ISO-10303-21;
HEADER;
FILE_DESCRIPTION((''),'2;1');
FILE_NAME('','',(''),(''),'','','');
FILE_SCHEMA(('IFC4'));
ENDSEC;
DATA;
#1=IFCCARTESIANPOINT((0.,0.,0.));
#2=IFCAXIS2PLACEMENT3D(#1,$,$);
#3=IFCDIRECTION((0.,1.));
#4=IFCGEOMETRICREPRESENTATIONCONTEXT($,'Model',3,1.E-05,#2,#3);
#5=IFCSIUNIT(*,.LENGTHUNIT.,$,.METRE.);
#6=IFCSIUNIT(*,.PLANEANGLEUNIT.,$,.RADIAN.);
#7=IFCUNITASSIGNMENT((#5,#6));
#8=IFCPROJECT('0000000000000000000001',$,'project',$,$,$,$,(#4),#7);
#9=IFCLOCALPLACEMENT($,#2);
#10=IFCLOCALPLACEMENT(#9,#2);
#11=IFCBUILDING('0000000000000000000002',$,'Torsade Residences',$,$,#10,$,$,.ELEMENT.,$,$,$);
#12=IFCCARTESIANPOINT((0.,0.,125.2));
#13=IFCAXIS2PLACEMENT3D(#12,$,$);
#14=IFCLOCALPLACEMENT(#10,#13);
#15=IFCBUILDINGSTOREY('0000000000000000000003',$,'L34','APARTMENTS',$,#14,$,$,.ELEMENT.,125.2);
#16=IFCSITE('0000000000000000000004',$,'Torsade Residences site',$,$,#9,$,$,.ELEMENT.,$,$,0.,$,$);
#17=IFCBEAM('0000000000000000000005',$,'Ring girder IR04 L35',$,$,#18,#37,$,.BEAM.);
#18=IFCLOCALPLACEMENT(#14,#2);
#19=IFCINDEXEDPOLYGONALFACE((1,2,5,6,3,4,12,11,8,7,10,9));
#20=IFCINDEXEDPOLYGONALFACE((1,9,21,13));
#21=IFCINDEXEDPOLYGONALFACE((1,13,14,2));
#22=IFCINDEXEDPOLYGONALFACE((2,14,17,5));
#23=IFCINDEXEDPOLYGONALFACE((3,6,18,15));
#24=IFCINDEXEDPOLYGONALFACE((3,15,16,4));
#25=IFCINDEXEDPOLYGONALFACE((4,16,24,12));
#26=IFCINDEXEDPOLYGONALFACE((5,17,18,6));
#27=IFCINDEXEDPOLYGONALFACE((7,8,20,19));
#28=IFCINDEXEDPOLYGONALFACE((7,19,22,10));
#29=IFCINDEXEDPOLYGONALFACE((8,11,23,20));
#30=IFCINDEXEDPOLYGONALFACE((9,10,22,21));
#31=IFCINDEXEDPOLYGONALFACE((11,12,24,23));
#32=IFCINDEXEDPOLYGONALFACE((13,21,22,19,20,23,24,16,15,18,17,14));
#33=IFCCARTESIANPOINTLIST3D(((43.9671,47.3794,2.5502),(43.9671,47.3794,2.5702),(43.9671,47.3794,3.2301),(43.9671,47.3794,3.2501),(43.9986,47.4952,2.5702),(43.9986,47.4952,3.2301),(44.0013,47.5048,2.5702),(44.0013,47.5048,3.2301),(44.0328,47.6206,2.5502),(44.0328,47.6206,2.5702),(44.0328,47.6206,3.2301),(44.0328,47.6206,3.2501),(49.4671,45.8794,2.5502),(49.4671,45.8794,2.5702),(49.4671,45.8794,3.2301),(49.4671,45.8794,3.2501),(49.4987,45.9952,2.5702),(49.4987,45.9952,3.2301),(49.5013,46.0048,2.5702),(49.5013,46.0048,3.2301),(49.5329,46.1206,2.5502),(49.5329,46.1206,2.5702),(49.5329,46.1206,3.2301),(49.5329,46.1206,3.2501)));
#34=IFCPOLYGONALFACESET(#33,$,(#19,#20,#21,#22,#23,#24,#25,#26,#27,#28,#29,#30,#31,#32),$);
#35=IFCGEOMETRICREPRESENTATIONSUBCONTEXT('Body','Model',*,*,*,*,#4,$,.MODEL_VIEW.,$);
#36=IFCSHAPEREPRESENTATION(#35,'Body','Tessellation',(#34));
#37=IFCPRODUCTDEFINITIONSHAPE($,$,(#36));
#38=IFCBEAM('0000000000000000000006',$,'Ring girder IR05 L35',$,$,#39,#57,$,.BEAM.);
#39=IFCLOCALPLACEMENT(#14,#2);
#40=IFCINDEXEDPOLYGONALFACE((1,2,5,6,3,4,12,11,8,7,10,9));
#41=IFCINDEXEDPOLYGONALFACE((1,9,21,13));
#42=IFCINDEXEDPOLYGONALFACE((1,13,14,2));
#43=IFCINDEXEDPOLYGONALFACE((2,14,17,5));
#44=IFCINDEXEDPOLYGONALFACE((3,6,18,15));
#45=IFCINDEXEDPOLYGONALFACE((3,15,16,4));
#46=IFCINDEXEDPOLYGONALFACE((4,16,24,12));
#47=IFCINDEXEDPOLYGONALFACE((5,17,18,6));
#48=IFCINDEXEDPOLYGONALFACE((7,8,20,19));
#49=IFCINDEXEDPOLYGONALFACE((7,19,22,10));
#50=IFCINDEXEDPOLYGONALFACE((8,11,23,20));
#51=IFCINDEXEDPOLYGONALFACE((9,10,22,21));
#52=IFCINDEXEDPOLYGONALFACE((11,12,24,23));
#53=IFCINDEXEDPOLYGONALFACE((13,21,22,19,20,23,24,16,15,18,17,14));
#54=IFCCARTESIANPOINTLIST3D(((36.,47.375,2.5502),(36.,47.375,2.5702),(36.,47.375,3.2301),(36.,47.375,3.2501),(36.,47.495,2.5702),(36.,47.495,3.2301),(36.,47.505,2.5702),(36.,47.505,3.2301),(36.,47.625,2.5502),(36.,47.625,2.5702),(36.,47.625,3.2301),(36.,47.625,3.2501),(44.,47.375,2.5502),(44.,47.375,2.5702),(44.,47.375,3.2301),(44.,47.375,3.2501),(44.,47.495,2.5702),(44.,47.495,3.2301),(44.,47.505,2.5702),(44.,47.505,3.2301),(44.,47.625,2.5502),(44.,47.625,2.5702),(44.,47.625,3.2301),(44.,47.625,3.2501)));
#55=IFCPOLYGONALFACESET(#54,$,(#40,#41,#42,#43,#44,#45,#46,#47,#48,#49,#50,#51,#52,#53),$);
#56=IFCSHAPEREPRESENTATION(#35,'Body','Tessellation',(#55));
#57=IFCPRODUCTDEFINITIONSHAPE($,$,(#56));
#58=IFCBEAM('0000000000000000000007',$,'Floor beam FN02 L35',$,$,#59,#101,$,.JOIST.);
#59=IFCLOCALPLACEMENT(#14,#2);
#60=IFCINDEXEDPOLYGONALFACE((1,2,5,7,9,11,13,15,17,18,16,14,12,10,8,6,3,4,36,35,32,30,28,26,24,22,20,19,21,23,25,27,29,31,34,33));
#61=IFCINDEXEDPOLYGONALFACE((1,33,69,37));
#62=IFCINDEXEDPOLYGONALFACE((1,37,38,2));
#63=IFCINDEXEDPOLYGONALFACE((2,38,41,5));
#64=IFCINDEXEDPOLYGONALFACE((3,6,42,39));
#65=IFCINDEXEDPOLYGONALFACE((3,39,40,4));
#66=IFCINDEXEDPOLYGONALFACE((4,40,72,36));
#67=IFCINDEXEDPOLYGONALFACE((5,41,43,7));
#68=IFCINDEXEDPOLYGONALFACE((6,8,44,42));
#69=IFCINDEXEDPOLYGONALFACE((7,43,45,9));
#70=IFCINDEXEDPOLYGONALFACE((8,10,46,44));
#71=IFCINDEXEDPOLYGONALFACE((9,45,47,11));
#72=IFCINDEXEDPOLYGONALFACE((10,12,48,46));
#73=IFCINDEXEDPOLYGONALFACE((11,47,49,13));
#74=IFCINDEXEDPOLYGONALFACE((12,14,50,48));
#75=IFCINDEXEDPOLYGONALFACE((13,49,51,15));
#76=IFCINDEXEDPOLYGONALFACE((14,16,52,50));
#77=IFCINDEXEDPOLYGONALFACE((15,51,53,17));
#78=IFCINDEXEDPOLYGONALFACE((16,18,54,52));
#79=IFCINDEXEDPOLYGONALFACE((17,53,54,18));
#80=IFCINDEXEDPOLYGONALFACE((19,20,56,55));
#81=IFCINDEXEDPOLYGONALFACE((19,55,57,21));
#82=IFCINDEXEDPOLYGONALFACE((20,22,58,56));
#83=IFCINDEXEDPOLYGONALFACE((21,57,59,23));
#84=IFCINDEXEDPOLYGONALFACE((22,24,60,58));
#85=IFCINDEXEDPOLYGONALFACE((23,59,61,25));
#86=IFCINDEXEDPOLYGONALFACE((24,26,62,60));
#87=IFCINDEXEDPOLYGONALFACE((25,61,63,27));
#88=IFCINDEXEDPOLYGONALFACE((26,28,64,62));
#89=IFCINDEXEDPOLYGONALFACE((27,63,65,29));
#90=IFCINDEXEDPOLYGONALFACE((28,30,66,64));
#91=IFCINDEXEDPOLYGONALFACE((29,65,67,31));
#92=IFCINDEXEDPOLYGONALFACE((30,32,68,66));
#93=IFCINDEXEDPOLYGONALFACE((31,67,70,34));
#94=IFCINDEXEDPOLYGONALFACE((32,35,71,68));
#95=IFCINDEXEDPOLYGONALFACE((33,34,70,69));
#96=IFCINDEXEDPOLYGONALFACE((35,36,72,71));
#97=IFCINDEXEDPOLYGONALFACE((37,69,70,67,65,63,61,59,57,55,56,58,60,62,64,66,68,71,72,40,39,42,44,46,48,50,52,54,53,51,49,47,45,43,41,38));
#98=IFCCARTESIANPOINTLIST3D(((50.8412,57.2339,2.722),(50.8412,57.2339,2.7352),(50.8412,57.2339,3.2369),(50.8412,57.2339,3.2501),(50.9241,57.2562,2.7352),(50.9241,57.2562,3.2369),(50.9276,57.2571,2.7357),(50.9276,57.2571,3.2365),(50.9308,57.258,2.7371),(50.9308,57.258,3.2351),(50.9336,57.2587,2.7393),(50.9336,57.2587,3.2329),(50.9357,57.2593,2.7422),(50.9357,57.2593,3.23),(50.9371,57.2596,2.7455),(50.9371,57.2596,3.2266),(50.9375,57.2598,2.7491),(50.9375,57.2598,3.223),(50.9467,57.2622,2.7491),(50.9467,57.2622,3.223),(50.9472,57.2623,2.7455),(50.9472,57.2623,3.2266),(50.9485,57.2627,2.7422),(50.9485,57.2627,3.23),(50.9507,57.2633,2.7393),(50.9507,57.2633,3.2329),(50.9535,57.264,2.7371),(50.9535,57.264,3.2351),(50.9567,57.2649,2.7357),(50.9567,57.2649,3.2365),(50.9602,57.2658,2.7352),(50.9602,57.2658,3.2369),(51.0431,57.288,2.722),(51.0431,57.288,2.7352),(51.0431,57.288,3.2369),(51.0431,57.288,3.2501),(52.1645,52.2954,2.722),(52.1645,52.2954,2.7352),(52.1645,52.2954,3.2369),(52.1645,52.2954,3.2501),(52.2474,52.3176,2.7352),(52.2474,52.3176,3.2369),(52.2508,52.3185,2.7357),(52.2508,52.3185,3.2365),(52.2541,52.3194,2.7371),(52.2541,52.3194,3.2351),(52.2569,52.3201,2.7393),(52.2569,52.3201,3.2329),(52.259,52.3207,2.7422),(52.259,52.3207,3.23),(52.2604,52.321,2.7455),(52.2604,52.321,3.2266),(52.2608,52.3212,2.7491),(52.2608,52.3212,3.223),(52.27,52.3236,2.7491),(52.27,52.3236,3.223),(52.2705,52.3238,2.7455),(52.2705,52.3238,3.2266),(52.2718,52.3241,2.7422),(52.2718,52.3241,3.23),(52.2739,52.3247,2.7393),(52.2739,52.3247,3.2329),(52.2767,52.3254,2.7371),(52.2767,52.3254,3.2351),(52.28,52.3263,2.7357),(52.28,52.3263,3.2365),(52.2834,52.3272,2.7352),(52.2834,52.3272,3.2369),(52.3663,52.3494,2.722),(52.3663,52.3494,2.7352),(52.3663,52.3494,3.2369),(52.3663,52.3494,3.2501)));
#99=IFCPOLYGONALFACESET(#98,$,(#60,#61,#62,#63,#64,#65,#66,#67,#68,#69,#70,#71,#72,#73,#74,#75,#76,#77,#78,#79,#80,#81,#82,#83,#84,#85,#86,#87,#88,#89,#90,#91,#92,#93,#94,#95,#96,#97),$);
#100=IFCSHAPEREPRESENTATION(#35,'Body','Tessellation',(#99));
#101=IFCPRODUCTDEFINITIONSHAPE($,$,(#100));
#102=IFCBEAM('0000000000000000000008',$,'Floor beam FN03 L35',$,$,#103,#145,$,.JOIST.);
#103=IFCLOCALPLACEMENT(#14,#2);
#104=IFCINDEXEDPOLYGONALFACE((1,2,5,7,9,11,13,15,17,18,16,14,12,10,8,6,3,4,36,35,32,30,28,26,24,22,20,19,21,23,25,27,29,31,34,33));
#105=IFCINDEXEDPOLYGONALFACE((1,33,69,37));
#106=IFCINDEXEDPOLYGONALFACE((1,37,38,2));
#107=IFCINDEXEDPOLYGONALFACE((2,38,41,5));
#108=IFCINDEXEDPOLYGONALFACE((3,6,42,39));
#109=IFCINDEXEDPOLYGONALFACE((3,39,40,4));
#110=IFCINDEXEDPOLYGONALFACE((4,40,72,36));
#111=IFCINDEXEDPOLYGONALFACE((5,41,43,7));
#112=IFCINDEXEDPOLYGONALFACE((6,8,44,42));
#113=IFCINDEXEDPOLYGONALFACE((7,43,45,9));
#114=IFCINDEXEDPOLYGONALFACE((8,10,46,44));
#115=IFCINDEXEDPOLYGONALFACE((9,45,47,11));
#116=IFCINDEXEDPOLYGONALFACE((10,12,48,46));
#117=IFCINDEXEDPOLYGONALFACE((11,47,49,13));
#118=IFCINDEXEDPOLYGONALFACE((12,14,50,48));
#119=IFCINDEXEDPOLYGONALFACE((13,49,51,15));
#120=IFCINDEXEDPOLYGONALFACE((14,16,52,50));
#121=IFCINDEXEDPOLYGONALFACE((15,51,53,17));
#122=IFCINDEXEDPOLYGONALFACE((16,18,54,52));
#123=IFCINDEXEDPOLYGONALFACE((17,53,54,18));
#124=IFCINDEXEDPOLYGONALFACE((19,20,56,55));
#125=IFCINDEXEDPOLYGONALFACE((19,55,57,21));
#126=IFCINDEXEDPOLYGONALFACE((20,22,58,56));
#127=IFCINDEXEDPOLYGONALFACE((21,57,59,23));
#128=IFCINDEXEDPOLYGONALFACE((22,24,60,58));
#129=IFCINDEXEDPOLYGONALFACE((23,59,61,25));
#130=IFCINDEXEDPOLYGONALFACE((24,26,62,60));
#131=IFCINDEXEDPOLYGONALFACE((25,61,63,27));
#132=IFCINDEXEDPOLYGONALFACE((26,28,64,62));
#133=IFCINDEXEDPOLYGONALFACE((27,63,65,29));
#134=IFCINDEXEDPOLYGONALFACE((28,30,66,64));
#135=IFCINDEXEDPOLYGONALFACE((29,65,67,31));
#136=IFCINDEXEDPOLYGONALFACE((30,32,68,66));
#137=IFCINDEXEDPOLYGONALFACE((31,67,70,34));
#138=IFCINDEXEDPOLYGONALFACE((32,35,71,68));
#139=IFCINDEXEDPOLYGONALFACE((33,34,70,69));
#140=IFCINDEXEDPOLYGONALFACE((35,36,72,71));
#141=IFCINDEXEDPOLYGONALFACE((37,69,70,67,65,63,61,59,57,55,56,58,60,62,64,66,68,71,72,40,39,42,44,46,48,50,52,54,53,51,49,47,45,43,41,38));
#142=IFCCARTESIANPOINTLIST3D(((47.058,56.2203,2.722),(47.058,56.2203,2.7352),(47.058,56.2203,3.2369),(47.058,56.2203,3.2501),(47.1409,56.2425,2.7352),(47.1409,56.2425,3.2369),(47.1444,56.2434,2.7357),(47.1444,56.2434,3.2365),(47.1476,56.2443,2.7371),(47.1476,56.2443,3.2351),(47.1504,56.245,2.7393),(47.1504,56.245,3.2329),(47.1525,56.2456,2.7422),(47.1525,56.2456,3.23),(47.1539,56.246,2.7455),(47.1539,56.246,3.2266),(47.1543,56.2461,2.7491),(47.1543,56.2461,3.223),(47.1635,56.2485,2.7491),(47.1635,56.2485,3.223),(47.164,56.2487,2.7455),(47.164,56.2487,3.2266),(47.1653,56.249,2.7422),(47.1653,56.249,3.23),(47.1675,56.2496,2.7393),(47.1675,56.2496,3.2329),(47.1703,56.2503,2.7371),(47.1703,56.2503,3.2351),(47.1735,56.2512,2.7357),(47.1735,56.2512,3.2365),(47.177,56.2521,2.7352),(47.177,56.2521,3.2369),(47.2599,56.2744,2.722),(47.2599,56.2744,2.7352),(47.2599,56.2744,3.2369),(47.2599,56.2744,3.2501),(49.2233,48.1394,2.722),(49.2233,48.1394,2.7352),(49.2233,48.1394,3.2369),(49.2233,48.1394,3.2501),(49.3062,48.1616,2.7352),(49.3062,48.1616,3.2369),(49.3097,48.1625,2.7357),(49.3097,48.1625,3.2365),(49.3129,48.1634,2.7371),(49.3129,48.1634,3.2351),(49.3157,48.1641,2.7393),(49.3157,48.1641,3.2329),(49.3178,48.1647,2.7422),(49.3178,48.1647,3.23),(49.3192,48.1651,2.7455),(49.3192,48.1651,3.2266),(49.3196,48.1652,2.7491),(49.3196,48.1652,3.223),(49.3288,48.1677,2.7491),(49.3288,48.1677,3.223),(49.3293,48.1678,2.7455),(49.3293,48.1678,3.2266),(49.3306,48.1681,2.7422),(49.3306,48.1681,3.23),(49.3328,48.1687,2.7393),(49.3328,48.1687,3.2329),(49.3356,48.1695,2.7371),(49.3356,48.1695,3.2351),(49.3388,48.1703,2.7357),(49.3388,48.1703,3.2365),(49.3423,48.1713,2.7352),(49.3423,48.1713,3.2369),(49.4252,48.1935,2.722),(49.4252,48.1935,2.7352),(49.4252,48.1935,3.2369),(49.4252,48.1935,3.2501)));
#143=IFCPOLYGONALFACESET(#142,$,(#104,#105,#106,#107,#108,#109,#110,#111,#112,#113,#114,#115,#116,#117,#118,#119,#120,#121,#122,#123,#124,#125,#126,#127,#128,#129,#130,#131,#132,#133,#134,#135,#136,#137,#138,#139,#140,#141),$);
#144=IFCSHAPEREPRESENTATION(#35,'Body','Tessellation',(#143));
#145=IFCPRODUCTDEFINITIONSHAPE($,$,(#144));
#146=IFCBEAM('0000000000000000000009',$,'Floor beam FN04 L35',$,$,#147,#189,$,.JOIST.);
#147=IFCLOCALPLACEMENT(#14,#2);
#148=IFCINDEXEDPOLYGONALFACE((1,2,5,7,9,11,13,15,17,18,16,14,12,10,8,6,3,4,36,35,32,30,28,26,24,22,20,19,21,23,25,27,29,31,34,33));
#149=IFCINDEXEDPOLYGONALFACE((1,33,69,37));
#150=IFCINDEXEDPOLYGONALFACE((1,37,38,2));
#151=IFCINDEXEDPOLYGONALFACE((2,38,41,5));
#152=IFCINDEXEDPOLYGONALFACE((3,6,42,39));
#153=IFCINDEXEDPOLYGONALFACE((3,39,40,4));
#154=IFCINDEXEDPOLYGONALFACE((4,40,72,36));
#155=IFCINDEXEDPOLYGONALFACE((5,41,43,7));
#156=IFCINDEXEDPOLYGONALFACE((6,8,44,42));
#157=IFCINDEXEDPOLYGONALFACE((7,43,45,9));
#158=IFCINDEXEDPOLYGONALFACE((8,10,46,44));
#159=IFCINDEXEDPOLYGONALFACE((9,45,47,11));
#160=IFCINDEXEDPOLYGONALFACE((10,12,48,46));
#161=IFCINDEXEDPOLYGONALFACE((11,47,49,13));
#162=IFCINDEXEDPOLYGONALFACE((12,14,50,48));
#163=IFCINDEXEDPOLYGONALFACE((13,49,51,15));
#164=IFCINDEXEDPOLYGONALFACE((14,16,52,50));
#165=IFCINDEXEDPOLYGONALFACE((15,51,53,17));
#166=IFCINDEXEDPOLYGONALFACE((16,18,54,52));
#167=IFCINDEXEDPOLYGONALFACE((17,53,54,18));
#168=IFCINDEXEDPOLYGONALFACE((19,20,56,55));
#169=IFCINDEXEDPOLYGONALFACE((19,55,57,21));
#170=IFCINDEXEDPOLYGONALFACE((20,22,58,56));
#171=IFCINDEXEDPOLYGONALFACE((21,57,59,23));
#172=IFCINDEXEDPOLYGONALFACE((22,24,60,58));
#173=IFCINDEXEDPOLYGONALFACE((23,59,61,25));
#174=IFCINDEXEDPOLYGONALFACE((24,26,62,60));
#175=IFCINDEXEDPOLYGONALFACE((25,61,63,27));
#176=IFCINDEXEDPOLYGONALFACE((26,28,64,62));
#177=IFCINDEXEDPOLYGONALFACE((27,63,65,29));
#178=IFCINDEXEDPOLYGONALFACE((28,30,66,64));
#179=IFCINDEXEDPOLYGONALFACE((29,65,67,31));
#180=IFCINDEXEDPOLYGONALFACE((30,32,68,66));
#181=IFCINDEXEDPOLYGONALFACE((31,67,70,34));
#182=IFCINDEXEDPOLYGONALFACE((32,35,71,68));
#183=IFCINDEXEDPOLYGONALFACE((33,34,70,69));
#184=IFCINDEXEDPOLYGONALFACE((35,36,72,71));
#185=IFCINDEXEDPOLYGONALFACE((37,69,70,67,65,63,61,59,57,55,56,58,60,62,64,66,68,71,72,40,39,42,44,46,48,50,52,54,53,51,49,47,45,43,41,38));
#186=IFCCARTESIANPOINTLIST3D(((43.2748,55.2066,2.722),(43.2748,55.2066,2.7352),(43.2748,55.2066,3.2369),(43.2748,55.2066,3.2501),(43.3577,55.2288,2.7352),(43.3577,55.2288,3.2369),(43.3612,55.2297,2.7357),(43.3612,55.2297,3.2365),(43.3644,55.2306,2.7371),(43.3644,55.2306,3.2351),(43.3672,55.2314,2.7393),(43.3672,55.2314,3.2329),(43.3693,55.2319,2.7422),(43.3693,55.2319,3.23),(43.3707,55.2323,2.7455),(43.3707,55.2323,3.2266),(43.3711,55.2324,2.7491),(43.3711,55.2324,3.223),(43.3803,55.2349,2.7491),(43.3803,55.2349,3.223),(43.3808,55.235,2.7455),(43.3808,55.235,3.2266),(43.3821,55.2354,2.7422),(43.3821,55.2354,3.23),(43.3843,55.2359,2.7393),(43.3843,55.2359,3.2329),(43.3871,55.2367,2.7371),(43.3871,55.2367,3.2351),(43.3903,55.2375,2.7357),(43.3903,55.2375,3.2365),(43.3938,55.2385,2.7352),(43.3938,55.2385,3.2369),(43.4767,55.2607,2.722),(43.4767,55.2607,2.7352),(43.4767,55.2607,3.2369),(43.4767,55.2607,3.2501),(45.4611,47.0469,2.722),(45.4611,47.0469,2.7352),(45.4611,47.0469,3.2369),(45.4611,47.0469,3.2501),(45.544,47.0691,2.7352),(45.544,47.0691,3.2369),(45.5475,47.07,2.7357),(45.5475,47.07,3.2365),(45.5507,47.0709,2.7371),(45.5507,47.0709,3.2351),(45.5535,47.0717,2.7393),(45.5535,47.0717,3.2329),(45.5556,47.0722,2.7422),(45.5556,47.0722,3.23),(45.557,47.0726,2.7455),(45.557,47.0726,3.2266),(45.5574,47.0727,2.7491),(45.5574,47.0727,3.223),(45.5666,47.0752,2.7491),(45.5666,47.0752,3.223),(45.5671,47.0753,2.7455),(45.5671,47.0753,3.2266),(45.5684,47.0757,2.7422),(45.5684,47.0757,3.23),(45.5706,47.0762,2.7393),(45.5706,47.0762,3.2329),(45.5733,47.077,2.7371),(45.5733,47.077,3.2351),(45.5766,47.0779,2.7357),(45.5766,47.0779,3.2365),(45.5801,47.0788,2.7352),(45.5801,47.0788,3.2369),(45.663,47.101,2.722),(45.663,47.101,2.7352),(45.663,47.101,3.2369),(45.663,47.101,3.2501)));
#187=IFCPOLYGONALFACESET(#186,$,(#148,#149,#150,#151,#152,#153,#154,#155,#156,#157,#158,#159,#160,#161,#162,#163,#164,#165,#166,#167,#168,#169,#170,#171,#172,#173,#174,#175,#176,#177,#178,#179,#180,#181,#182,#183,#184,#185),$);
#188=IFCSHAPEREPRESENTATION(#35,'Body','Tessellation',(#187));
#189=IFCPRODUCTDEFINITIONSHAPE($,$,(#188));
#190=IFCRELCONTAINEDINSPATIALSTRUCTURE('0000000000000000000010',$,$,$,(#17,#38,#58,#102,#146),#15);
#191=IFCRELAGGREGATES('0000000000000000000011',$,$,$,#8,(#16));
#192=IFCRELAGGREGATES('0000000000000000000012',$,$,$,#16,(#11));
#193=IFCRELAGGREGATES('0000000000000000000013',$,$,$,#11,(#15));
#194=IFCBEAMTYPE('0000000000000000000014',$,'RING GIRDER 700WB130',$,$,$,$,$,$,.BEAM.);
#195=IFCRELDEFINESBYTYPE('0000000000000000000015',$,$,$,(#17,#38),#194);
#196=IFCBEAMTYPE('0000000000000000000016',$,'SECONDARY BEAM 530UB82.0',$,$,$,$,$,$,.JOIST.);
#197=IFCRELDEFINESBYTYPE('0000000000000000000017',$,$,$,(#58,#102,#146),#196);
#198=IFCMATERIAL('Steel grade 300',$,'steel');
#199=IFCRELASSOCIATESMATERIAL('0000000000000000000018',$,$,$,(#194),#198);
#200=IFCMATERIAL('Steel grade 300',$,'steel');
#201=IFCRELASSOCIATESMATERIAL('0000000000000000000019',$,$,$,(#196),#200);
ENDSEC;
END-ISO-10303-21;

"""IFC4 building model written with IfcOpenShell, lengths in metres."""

from ifc_helpers import new_model, si_unit, direction, frame, origin, origin_2d, place, context, subcontext, project, spatial, i_section, extrude, material, material_profile, profile_set, type_object, element, save


model = new_model("IFC4")

# Units and contexts
model_context = context("Model", 3, precision=1e-05, world=origin(), true_north=direction((0.0, 1.0)))
body_context = subcontext(model_context, "Body", "Model", "MODEL_VIEW")
ifc_project = project(units=[si_unit("LENGTHUNIT", "METRE"), si_unit("PLANEANGLEUNIT", "RADIAN")], contexts=[model_context])

# Site, building, storey
site_placement = place(None, origin())
site = spatial("IfcSite", under=ifc_project, at=site_placement, Name="Torsade Residences site", CompositionType="ELEMENT", RefElevation=0.0)
building_placement = place(site_placement, origin())
building = spatial("IfcBuilding", under=site, at=building_placement, Name="Torsade Residences", CompositionType="ELEMENT")
storey_placement = place(building_placement, frame((0.0, 0.0, 125.2)))
storey = spatial("IfcBuildingStorey", under=building, at=storey_placement, Name="L34", Description="APARTMENTS", CompositionType="ELEMENT", Elevation=125.2)

# Beams
ifc_material_1 = material(Name="Steel grade 300", Category="steel")
ifc_material_profile_1 = material_profile(ifc_material_1, i_section(OverallWidth=0.25, OverallDepth=0.7, WebThickness=0.01, FlangeThickness=0.02, at=origin_2d()), Name="700WB130")
ifc_profile_set_1 = profile_set([ifc_material_profile_1], Name="Steel grade 300")
beam_type_1 = type_object("IfcBeamType", Name="RING GIRDER 700WB130", PredefinedType="BEAM", material=ifc_profile_set_1)
beam_1_placement = place(storey_placement, frame((49.5, 46.0, 2.9001), z_axis=(-0.964764, 0.263117, 0.0), x_axis=(-0.263117, -0.964764, 0.0)))
element("IfcBeam", 1, at=beam_1_placement, inside=storey, type_object=beam_type_1, Name="Ring girder IR04 L35", PredefinedType="BEAM", context=body_context, shape_type="SweptSolid", body=[
    extrude(i_section(OverallWidth=0.25, OverallDepth=0.7, WebThickness=0.01, FlangeThickness=0.02, at=origin_2d()), origin(), (0.0, 0.0, 1.0), 5.7009),
])
beam_2_placement = place(storey_placement, frame((44.0, 47.5, 2.9001), z_axis=(-1.0, 0.0, 0.0), x_axis=(0.0, -1.0, 0.0)))
element("IfcBeam", 2, at=beam_2_placement, inside=storey, type_object=beam_type_1, Name="Ring girder IR05 L35", PredefinedType="BEAM", context=body_context, shape_type="SweptSolid", body=[
    extrude(i_section(OverallWidth=0.25, OverallDepth=0.7, WebThickness=0.01, FlangeThickness=0.02, at=origin_2d()), origin(), (0.0, 0.0, 1.0), 8.0),
])
ifc_material_2 = material(Name="Steel grade 300", Category="steel")
ifc_material_profile_2 = material_profile(ifc_material_2, i_section(OverallWidth=0.209, OverallDepth=0.5281, WebThickness=0.0095, FlangeThickness=0.0132, FilletRadius=0.0139, at=origin_2d()), Name="530UB82.0")
ifc_profile_set_2 = profile_set([ifc_material_profile_2], Name="Steel grade 300")
beam_type_2 = type_object("IfcBeamType", Name="SECONDARY BEAM 530UB82.0", PredefinedType="JOIST", material=ifc_profile_set_2)
beam_3_placement = place(storey_placement, frame((50.9421, 57.261, 2.9861), z_axis=(0.258816, -0.965927, 0.0), x_axis=(0.965927, 0.258816, 0.0)))
element("IfcBeam", 3, at=beam_3_placement, inside=storey, type_object=beam_type_2, Name="Floor beam FN02 L35", PredefinedType="JOIST", context=body_context, shape_type="SweptSolid", body=[
    extrude(i_section(OverallWidth=0.209, OverallDepth=0.5281, WebThickness=0.0095, FlangeThickness=0.0132, FilletRadius=0.0139, at=origin_2d()), origin(), (0.0, 0.0, 1.0), 5.1128),
])
beam_4_placement = place(storey_placement, frame((47.1589, 56.2473, 2.9861), z_axis=(0.258823, -0.965925, 0.0), x_axis=(0.965925, 0.258823, 0.0)))
element("IfcBeam", 4, at=beam_4_placement, inside=storey, type_object=beam_type_2, Name="Floor beam FN03 L35", PredefinedType="JOIST", context=body_context, shape_type="SweptSolid", body=[
    extrude(i_section(OverallWidth=0.209, OverallDepth=0.5281, WebThickness=0.0095, FlangeThickness=0.0132, FilletRadius=0.0139, at=origin_2d()), origin(), (0.0, 0.0, 1.0), 8.366),
])
beam_5_placement = place(storey_placement, frame((43.3757, 55.2336, 2.9861), z_axis=(0.258808, -0.965929, 0.0), x_axis=(0.965929, 0.258808, 0.0)))
element("IfcBeam", 5, at=beam_5_placement, inside=storey, type_object=beam_type_2, Name="Floor beam FN04 L35", PredefinedType="JOIST", context=body_context, shape_type="SweptSolid", body=[
    extrude(i_section(OverallWidth=0.209, OverallDepth=0.5281, WebThickness=0.0095, FlangeThickness=0.0132, FilletRadius=0.0139, at=origin_2d()), origin(), (0.0, 0.0, 1.0), 8.4475),
])

save(model, "model.ifc")
